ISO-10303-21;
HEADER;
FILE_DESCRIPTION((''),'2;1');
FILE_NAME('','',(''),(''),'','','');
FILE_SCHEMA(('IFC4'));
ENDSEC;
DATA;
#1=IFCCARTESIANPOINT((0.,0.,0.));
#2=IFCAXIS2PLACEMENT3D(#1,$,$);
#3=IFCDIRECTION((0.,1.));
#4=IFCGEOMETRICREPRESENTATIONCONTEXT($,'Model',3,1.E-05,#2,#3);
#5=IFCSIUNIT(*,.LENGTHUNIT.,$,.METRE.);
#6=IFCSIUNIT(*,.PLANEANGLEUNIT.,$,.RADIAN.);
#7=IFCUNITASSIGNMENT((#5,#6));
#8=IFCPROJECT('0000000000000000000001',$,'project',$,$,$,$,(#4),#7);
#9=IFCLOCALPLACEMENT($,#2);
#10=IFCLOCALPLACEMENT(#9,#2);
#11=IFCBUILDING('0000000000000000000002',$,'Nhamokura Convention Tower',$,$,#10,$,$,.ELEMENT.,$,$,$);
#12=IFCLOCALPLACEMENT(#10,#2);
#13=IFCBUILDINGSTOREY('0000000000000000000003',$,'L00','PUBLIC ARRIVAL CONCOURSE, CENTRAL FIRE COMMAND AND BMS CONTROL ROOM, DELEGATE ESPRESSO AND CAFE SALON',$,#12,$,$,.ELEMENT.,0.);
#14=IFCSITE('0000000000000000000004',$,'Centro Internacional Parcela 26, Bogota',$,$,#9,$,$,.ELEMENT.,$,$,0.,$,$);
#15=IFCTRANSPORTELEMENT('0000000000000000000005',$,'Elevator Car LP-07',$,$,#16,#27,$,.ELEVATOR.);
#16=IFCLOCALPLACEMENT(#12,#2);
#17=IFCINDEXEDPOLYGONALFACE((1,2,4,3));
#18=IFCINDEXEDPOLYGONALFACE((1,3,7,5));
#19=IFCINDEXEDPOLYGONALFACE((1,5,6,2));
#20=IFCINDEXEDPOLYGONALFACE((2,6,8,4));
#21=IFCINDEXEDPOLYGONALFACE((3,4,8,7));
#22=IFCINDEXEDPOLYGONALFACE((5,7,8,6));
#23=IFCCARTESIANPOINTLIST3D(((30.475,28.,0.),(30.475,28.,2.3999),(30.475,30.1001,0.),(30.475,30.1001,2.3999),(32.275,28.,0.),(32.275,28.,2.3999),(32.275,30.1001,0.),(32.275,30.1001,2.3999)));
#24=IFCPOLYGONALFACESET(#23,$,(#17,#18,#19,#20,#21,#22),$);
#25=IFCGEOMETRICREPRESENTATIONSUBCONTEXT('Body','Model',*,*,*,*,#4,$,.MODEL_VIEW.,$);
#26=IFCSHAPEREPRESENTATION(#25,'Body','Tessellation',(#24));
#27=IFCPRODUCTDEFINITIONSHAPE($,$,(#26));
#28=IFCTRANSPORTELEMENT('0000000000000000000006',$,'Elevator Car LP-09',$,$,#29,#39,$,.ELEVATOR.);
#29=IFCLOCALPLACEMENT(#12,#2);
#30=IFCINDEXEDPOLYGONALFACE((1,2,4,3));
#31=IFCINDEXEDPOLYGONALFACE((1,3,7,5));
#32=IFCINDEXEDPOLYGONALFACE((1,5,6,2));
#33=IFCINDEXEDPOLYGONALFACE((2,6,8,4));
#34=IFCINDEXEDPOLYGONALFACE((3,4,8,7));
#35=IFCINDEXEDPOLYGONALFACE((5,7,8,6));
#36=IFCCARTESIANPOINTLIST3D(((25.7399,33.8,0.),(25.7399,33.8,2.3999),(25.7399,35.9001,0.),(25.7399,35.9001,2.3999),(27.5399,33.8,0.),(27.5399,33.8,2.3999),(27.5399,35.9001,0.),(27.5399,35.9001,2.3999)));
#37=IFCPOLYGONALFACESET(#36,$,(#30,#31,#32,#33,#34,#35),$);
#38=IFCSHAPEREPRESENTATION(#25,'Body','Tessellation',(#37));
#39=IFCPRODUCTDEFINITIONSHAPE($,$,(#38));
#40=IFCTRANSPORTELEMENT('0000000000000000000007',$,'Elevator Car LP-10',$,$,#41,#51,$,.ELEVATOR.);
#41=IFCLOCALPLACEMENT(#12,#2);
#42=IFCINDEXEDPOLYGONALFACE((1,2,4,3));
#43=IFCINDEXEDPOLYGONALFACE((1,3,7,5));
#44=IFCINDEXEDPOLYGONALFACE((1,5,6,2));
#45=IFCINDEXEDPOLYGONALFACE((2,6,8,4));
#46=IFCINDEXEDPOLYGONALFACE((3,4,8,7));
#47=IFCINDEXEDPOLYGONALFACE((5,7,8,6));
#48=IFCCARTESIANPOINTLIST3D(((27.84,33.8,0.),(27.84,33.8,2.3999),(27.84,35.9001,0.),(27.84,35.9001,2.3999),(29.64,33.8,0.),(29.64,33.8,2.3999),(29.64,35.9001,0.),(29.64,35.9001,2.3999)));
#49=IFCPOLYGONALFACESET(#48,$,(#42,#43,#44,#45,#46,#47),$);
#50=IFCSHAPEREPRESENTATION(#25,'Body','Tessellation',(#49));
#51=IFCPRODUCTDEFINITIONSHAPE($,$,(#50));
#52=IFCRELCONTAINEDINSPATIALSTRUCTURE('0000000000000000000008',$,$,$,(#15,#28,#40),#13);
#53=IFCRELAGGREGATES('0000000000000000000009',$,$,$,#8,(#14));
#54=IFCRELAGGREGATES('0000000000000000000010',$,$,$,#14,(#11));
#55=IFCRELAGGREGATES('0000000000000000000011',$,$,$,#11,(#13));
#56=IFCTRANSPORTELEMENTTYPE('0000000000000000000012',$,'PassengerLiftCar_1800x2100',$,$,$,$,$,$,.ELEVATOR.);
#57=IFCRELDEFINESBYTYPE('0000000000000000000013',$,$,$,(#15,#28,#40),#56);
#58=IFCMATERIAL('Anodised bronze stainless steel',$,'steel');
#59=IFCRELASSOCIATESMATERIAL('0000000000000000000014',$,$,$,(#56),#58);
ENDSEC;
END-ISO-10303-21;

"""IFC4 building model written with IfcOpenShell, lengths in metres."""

from ifc_helpers import new_model, si_unit, direction, frame, origin, origin_2d, place, context, subcontext, project, spatial, rectangle, extrude, material, type_object, element, save


model = new_model("IFC4")

# Units and contexts
model_context = context("Model", 3, precision=1e-05, world=origin(), true_north=direction((0.0, 1.0)))
body_context = subcontext(model_context, "Body", "Model", "MODEL_VIEW")
ifc_project = project(units=[si_unit("LENGTHUNIT", "METRE"), si_unit("PLANEANGLEUNIT", "RADIAN")], contexts=[model_context])

# Site, building, storey
site_placement = place(None, origin())
site = spatial("IfcSite", under=ifc_project, at=site_placement, Name="Centro Internacional Parcela 26, Bogota", CompositionType="ELEMENT", RefElevation=0.0)
building_placement = place(site_placement, origin())
building = spatial("IfcBuilding", under=site, at=building_placement, Name="Nhamokura Convention Tower", CompositionType="ELEMENT")
storey_placement = place(building_placement, origin())
storey = spatial("IfcBuildingStorey", under=building, at=storey_placement, Name="L00", Description="PUBLIC ARRIVAL CONCOURSE, CENTRAL FIRE COMMAND AND BMS CONTROL ROOM, DELEGATE ESPRESSO AND CAFE SALON", CompositionType="ELEMENT", Elevation=0.0)

# Transport elements
ifc_material_1 = material(Name="Anodised bronze stainless steel", Category="steel")
transport_element_type = type_object("IfcTransportElementType", Name="PassengerLiftCar_1800x2100", PredefinedType="ELEVATOR", material=ifc_material_1)
for number, where, z_axis, x_axis, name in (
    (1, (31.375, 29.05, 0.0), (0.0, 0.0, 1.0), (1.0, 0.0, 0.0), "Elevator Car LP-07"),
    (2, (26.6399, 34.8501, 0.0), (0.0, 0.0, 1.0), (1.0, 0.0, 0.0), "Elevator Car LP-09"),
    (3, (28.74, 34.8501, 0.0), (0.0, 0.0, 1.0), (1.0, 0.0, 0.0), "Elevator Car LP-10"),
):
    element("IfcTransportElement", number, at=place(storey_placement, frame(where, z_axis=z_axis, x_axis=x_axis)), inside=storey, type_object=transport_element_type, Name=name, PredefinedType="ELEVATOR", context=body_context, shape_type="SweptSolid", body=[
        extrude(rectangle(XDim=1.8, YDim=2.1001, at=origin_2d()), origin(), (0.0, 0.0, 1.0), 2.3999),
    ])

save(model, "model.ifc")
